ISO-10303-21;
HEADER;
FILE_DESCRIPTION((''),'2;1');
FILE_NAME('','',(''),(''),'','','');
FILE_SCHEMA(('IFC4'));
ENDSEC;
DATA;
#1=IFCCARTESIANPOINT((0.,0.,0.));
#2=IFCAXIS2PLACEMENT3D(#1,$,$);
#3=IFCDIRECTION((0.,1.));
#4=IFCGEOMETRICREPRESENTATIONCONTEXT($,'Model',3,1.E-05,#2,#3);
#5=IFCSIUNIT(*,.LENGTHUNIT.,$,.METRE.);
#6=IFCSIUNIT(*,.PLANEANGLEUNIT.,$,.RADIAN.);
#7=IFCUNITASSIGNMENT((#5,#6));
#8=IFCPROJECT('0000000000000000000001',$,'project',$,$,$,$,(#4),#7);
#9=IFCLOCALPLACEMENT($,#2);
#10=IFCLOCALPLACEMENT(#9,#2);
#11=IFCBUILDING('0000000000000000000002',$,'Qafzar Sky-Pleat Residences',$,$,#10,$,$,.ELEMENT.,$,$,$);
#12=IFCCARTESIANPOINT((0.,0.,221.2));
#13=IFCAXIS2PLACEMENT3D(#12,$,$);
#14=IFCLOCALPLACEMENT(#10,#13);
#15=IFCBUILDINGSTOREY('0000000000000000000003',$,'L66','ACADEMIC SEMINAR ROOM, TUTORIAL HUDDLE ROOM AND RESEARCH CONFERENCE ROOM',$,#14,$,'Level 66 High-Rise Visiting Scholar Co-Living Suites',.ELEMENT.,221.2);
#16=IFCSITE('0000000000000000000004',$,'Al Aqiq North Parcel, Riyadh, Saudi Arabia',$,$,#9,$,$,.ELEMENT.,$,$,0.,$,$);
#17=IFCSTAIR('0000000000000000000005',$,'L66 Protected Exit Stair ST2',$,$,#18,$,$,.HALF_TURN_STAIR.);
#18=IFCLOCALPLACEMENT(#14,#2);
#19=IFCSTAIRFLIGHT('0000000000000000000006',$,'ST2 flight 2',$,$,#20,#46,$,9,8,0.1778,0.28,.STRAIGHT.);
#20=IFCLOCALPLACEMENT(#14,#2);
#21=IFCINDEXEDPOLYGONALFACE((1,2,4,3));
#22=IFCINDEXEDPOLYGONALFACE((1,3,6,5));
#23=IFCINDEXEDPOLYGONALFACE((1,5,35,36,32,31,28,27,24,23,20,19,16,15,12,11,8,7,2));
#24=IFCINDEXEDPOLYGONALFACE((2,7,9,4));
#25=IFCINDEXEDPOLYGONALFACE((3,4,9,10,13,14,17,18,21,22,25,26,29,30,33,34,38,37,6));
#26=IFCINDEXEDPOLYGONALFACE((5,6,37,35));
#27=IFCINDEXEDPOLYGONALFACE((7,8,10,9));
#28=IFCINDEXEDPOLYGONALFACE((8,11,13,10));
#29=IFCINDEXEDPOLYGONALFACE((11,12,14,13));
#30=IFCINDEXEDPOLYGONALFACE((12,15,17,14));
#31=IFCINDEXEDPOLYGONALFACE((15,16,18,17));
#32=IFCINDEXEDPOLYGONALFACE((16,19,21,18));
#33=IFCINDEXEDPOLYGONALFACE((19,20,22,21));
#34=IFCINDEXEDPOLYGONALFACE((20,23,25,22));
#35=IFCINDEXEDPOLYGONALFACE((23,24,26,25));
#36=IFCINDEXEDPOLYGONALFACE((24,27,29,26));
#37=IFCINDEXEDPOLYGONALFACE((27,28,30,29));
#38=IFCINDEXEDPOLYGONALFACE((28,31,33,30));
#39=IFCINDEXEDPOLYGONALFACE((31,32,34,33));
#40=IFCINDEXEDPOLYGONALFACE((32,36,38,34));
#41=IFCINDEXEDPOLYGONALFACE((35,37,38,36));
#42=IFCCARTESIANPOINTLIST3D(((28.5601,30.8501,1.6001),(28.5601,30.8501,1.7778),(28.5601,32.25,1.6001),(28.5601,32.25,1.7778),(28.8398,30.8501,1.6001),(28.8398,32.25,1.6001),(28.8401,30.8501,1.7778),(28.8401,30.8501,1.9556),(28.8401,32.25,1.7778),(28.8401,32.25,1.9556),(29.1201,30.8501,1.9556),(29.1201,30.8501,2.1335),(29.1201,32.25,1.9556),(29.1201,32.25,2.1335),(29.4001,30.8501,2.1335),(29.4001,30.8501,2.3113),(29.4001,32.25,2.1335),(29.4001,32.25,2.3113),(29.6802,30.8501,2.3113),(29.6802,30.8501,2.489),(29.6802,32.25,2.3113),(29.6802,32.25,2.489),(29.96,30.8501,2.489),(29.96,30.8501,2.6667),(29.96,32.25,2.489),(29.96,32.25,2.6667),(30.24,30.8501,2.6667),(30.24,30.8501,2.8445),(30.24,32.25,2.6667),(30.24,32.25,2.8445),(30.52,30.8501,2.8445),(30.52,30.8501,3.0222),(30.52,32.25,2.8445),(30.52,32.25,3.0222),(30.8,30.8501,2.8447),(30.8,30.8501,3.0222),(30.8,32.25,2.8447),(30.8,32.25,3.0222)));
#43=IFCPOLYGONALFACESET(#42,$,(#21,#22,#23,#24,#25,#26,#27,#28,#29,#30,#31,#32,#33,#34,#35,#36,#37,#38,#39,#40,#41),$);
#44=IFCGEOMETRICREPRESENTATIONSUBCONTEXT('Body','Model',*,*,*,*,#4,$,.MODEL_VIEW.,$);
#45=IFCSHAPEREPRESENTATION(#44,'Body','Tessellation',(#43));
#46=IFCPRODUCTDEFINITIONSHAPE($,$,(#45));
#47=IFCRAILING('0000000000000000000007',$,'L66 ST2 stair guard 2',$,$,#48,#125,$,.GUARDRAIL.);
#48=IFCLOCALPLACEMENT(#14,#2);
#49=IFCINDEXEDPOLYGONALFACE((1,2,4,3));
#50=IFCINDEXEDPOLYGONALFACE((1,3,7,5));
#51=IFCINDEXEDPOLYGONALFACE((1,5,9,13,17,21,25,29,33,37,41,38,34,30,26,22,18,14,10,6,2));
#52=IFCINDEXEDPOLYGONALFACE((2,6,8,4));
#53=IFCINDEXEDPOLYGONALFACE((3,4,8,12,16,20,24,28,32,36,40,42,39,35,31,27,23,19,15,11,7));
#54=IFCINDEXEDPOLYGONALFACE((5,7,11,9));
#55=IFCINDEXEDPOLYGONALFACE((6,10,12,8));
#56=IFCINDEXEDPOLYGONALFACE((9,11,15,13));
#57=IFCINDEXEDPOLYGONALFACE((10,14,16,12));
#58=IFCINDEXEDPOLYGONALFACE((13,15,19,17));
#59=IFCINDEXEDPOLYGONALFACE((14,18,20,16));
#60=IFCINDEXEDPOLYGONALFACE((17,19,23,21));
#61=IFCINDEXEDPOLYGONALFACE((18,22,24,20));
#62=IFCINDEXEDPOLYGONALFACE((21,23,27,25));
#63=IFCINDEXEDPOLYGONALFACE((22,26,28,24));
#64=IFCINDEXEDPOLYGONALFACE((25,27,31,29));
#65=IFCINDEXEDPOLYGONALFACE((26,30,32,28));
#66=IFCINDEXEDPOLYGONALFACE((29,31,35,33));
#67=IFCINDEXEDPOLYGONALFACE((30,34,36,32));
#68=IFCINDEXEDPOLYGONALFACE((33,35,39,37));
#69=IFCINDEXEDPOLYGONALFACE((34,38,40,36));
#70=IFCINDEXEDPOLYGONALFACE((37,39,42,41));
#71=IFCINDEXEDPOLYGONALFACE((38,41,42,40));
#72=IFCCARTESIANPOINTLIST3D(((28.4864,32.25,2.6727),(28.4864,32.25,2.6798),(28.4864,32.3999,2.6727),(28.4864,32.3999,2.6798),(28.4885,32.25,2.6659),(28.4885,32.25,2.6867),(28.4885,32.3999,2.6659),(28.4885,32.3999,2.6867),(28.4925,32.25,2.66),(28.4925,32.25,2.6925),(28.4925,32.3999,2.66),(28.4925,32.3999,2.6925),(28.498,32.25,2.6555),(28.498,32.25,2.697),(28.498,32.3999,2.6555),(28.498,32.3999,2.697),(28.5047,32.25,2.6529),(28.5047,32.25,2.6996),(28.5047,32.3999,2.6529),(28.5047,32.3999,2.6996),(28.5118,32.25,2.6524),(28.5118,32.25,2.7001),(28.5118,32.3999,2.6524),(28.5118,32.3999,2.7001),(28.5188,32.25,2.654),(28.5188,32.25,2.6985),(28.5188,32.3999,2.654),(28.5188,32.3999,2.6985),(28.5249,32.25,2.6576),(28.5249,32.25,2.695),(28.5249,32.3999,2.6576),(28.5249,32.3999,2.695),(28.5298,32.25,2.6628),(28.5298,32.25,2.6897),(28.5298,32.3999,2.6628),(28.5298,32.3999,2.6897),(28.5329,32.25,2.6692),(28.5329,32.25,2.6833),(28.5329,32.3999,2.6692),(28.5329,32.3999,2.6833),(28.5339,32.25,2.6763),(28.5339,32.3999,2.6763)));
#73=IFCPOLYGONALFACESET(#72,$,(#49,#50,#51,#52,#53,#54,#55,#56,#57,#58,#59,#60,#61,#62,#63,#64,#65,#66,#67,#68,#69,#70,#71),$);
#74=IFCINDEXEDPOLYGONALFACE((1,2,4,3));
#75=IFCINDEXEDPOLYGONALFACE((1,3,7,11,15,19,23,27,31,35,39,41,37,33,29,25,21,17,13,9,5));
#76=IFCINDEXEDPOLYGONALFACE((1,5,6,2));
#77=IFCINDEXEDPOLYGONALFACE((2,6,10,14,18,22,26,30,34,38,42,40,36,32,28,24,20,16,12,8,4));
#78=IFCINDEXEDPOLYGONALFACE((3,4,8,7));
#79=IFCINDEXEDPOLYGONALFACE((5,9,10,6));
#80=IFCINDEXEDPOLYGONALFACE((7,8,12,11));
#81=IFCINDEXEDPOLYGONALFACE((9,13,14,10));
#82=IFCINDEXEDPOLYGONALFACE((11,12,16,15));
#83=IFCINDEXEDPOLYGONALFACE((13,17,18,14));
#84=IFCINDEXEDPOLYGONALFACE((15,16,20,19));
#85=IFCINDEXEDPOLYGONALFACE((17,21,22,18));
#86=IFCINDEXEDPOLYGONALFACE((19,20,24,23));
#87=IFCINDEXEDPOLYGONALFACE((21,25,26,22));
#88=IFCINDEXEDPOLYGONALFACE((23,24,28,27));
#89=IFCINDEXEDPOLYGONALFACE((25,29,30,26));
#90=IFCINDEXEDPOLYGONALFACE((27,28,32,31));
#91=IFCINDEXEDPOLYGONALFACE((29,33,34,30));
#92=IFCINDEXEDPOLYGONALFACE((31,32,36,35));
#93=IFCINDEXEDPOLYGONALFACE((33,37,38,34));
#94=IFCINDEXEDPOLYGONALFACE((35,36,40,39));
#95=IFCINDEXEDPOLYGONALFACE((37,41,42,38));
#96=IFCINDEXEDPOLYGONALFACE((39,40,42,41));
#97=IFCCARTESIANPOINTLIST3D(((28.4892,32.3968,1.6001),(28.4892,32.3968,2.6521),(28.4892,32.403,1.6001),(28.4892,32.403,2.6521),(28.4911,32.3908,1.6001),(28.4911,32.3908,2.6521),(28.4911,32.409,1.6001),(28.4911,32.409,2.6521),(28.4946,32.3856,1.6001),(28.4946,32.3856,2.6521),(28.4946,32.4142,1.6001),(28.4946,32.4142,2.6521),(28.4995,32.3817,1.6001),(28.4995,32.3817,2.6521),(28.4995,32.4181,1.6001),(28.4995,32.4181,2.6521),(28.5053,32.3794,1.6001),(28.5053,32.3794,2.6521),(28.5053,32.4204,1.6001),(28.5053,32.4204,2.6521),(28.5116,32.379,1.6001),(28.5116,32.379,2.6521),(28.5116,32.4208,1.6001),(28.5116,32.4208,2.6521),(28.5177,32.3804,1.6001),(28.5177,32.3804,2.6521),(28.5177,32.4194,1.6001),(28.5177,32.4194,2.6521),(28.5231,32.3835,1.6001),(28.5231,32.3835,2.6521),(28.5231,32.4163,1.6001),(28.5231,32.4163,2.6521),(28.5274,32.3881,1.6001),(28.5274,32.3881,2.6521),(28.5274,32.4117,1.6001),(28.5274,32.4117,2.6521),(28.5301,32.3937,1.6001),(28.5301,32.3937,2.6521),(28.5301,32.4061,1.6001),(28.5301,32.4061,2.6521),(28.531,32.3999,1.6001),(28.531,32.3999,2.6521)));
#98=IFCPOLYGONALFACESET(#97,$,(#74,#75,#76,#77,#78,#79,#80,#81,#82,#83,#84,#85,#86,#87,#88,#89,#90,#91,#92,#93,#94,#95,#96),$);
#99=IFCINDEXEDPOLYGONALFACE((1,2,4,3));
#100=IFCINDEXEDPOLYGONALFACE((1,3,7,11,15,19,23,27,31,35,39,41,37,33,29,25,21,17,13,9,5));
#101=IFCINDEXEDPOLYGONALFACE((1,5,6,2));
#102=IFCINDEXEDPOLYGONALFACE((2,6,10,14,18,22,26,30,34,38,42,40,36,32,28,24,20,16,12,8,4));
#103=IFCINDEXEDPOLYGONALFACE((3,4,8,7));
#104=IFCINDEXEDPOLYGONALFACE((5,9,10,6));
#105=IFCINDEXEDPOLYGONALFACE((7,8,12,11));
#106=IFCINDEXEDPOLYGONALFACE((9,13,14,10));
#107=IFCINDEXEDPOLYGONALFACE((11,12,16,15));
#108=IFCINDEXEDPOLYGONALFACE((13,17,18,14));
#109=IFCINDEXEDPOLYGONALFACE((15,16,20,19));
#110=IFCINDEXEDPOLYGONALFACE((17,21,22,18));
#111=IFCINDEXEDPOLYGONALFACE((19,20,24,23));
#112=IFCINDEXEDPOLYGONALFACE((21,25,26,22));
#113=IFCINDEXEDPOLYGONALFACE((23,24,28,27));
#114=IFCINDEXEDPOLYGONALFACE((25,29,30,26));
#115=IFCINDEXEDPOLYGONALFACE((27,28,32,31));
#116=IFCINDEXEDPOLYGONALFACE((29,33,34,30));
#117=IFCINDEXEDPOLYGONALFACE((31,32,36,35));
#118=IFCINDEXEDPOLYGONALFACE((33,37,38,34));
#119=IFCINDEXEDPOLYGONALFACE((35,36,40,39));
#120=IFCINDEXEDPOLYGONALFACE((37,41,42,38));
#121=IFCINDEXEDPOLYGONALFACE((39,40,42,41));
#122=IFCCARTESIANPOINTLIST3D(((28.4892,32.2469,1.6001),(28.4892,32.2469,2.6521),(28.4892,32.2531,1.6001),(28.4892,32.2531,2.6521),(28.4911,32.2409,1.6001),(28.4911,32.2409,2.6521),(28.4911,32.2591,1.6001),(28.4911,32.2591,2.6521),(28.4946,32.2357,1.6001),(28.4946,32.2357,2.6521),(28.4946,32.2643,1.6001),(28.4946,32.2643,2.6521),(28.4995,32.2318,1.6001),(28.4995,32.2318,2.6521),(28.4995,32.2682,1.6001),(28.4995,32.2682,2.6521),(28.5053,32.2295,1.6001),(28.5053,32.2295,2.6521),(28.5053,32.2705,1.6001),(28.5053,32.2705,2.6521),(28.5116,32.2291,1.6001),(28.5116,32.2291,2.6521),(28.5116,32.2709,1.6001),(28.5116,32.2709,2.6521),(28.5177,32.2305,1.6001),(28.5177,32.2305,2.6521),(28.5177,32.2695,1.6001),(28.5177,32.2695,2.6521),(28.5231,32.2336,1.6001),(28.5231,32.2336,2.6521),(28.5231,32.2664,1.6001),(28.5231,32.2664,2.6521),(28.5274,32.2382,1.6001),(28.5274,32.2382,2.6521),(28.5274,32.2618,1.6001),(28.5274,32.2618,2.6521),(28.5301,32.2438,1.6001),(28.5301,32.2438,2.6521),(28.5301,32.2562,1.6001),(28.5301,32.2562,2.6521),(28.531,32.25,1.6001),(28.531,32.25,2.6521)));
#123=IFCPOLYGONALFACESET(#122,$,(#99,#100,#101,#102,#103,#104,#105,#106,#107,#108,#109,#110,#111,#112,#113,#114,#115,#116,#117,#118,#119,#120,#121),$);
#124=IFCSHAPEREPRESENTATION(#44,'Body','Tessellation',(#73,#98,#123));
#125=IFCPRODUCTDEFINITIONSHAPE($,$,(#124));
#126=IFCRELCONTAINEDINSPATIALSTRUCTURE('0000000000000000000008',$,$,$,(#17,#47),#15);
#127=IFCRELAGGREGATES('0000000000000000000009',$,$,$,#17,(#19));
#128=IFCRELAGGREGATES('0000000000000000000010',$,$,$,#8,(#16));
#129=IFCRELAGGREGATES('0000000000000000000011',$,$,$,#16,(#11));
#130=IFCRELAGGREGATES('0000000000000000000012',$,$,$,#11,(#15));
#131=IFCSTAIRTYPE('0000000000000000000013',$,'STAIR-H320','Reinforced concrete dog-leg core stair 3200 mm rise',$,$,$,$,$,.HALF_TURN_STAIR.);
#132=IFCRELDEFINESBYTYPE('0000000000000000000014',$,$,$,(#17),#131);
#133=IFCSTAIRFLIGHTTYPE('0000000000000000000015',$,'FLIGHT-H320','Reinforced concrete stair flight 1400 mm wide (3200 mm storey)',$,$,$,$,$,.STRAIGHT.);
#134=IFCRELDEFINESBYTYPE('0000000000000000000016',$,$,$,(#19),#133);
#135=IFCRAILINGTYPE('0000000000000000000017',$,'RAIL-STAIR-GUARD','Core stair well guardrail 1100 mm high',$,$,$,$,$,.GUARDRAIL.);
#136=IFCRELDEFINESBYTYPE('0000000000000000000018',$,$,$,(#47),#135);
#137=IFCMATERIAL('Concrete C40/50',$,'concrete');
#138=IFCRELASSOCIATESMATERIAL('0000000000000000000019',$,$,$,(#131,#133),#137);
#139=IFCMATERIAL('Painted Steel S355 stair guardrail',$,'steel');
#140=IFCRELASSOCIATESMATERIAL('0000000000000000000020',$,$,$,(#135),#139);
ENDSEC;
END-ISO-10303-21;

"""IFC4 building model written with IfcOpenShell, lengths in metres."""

from ifc_helpers import new_model, si_unit, direction, frame, origin, origin_2d, place, context, subcontext, project, spatial, polyline, circle, outline, extrude, source, transform, mapped, material, type_object, element, aggregate, save


model = new_model("IFC4")

# Units and contexts
model_context = context("Model", 3, precision=1e-05, world=origin(), true_north=direction((0.0, 1.0)))
body_context = subcontext(model_context, "Body", "Model", "MODEL_VIEW")
ifc_project = project(units=[si_unit("LENGTHUNIT", "METRE"), si_unit("PLANEANGLEUNIT", "RADIAN")], contexts=[model_context])

# Site, building, storey
site_placement = place(None, origin())
site = spatial("IfcSite", under=ifc_project, at=site_placement, Name="Al Aqiq North Parcel, Riyadh, Saudi Arabia", CompositionType="ELEMENT", RefElevation=0.0)
building_placement = place(site_placement, origin())
building = spatial("IfcBuilding", under=site, at=building_placement, Name="Qafzar Sky-Pleat Residences", CompositionType="ELEMENT")
storey_placement = place(building_placement, frame((0.0, 0.0, 221.2)))
storey = spatial("IfcBuildingStorey", under=building, at=storey_placement, Name="L66", Description="ACADEMIC SEMINAR ROOM, TUTORIAL HUDDLE ROOM AND RESEARCH CONFERENCE ROOM", LongName="Level 66 High-Rise Visiting Scholar Co-Living Suites", CompositionType="ELEMENT", Elevation=221.2)

# Stair, stair flight
ifc_material_1 = material(Name="Concrete C40/50", Category="concrete")
stair_type = type_object("IfcStairType", Name="STAIR-H320", Description="Reinforced concrete dog-leg core stair 3200 mm rise", PredefinedType="HALF_TURN_STAIR", material=ifc_material_1)
stair_placement = place(storey_placement, origin())
stair = element("IfcStair", 1, at=stair_placement, inside=storey, type_object=stair_type, Name="L66 Protected Exit Stair ST2", PredefinedType="HALF_TURN_STAIR")
stair_flight_type = type_object("IfcStairFlightType", Name="FLIGHT-H320", Description="Reinforced concrete stair flight 1400 mm wide (3200 mm storey)", PredefinedType="STRAIGHT", material=ifc_material_1)
shared_shape_1 = source(origin(), body_context, "Body", "SweptSolid", [
    extrude(outline(polyline([(0.0, 0.0), (0.0, 0.1777), (0.28, 0.1777), (0.28, 0.3555), (0.5601, 0.3555), (0.5601, 0.5334), (0.8401, 0.5334), (0.8401, 0.7112), (1.1201, 0.7112), (1.1201, 0.8889), (1.3999, 0.8889), (1.3999, 1.0667), (1.6799, 1.0667), (1.6799, 1.2444), (1.96, 1.2444), (1.96, 1.4221), (2.24, 1.4221), (2.24, 1.6001), (2.24, 1.2446), (0.2798, 0.0), (0.0, 0.0)])), frame((0.0, 0.7, 0.0), z_axis=(0.0, -1.0, 0.0), x_axis=(1.0, 0.0, 0.0)), (0.0, 0.0, 1.0), 1.3999),
])
stair_flight_placement = place(storey_placement, frame((28.5601, 31.55, 1.6001), z_axis=(0.0, 0.0, 1.0), x_axis=(1.0, 0.0, 0.0)))
stair_flight = element("IfcStairFlight", 2, at=stair_flight_placement, type_object=stair_flight_type, Name="ST2 flight 2", NumberOfRisers=9, NumberOfTreads=8, PredefinedType="STRAIGHT", RiserHeight=0.1778, TreadLength=0.28, context=body_context, shape_type="MappedRepresentation", body=[
    mapped(shared_shape_1, transform((0.0, 0.0, 0.0), x_axis=(1.0, 0.0, 0.0), y_axis=(0.0, 1.0, 0.0), z_axis=(0.0, 0.0, 1.0), scale=1.0)),
])
aggregate(stair, [stair_flight])

# Railing
ifc_material_2 = material(Name="Painted Steel S355 stair guardrail", Category="steel")
railing_type_1 = type_object("IfcRailingType", Name="RAIL-STAIR-GUARD", Description="Core stair well guardrail 1100 mm high", PredefinedType="GUARDRAIL", material=ifc_material_2)
shared_shape_2 = source(origin(), body_context, "Body", "SweptSolid", [
    extrude(circle(Radius=0.0239, at=origin_2d()), frame((0.0, 0.0, 1.0762), z_axis=(0.0, -1.0, 0.0), x_axis=(1.0, 0.0, 0.0)), (0.0, 0.0, 1.0), 0.1499),
    extrude(circle(Radius=0.021, at=origin_2d()), origin(), (0.0, 0.0, 1.0), 1.052),
    extrude(circle(Radius=0.021, at=origin_2d()), frame((0.0, -0.1499, 0.0)), (0.0, 0.0, 1.0), 1.052),
])
railing_1_placement = place(storey_placement, frame((28.51, 32.3999, 1.6001)))
element("IfcRailing", 3, at=railing_1_placement, inside=storey, type_object=railing_type_1, Name="L66 ST2 stair guard 2", PredefinedType="GUARDRAIL", context=body_context, shape_type="MappedRepresentation", body=[
    mapped(shared_shape_2, transform((0.0, 0.0, 0.0), x_axis=(1.0, 0.0, 0.0), y_axis=(0.0, 1.0, 0.0), z_axis=(0.0, 0.0, 1.0), scale=1.0)),
])

save(model, "model.ifc")
